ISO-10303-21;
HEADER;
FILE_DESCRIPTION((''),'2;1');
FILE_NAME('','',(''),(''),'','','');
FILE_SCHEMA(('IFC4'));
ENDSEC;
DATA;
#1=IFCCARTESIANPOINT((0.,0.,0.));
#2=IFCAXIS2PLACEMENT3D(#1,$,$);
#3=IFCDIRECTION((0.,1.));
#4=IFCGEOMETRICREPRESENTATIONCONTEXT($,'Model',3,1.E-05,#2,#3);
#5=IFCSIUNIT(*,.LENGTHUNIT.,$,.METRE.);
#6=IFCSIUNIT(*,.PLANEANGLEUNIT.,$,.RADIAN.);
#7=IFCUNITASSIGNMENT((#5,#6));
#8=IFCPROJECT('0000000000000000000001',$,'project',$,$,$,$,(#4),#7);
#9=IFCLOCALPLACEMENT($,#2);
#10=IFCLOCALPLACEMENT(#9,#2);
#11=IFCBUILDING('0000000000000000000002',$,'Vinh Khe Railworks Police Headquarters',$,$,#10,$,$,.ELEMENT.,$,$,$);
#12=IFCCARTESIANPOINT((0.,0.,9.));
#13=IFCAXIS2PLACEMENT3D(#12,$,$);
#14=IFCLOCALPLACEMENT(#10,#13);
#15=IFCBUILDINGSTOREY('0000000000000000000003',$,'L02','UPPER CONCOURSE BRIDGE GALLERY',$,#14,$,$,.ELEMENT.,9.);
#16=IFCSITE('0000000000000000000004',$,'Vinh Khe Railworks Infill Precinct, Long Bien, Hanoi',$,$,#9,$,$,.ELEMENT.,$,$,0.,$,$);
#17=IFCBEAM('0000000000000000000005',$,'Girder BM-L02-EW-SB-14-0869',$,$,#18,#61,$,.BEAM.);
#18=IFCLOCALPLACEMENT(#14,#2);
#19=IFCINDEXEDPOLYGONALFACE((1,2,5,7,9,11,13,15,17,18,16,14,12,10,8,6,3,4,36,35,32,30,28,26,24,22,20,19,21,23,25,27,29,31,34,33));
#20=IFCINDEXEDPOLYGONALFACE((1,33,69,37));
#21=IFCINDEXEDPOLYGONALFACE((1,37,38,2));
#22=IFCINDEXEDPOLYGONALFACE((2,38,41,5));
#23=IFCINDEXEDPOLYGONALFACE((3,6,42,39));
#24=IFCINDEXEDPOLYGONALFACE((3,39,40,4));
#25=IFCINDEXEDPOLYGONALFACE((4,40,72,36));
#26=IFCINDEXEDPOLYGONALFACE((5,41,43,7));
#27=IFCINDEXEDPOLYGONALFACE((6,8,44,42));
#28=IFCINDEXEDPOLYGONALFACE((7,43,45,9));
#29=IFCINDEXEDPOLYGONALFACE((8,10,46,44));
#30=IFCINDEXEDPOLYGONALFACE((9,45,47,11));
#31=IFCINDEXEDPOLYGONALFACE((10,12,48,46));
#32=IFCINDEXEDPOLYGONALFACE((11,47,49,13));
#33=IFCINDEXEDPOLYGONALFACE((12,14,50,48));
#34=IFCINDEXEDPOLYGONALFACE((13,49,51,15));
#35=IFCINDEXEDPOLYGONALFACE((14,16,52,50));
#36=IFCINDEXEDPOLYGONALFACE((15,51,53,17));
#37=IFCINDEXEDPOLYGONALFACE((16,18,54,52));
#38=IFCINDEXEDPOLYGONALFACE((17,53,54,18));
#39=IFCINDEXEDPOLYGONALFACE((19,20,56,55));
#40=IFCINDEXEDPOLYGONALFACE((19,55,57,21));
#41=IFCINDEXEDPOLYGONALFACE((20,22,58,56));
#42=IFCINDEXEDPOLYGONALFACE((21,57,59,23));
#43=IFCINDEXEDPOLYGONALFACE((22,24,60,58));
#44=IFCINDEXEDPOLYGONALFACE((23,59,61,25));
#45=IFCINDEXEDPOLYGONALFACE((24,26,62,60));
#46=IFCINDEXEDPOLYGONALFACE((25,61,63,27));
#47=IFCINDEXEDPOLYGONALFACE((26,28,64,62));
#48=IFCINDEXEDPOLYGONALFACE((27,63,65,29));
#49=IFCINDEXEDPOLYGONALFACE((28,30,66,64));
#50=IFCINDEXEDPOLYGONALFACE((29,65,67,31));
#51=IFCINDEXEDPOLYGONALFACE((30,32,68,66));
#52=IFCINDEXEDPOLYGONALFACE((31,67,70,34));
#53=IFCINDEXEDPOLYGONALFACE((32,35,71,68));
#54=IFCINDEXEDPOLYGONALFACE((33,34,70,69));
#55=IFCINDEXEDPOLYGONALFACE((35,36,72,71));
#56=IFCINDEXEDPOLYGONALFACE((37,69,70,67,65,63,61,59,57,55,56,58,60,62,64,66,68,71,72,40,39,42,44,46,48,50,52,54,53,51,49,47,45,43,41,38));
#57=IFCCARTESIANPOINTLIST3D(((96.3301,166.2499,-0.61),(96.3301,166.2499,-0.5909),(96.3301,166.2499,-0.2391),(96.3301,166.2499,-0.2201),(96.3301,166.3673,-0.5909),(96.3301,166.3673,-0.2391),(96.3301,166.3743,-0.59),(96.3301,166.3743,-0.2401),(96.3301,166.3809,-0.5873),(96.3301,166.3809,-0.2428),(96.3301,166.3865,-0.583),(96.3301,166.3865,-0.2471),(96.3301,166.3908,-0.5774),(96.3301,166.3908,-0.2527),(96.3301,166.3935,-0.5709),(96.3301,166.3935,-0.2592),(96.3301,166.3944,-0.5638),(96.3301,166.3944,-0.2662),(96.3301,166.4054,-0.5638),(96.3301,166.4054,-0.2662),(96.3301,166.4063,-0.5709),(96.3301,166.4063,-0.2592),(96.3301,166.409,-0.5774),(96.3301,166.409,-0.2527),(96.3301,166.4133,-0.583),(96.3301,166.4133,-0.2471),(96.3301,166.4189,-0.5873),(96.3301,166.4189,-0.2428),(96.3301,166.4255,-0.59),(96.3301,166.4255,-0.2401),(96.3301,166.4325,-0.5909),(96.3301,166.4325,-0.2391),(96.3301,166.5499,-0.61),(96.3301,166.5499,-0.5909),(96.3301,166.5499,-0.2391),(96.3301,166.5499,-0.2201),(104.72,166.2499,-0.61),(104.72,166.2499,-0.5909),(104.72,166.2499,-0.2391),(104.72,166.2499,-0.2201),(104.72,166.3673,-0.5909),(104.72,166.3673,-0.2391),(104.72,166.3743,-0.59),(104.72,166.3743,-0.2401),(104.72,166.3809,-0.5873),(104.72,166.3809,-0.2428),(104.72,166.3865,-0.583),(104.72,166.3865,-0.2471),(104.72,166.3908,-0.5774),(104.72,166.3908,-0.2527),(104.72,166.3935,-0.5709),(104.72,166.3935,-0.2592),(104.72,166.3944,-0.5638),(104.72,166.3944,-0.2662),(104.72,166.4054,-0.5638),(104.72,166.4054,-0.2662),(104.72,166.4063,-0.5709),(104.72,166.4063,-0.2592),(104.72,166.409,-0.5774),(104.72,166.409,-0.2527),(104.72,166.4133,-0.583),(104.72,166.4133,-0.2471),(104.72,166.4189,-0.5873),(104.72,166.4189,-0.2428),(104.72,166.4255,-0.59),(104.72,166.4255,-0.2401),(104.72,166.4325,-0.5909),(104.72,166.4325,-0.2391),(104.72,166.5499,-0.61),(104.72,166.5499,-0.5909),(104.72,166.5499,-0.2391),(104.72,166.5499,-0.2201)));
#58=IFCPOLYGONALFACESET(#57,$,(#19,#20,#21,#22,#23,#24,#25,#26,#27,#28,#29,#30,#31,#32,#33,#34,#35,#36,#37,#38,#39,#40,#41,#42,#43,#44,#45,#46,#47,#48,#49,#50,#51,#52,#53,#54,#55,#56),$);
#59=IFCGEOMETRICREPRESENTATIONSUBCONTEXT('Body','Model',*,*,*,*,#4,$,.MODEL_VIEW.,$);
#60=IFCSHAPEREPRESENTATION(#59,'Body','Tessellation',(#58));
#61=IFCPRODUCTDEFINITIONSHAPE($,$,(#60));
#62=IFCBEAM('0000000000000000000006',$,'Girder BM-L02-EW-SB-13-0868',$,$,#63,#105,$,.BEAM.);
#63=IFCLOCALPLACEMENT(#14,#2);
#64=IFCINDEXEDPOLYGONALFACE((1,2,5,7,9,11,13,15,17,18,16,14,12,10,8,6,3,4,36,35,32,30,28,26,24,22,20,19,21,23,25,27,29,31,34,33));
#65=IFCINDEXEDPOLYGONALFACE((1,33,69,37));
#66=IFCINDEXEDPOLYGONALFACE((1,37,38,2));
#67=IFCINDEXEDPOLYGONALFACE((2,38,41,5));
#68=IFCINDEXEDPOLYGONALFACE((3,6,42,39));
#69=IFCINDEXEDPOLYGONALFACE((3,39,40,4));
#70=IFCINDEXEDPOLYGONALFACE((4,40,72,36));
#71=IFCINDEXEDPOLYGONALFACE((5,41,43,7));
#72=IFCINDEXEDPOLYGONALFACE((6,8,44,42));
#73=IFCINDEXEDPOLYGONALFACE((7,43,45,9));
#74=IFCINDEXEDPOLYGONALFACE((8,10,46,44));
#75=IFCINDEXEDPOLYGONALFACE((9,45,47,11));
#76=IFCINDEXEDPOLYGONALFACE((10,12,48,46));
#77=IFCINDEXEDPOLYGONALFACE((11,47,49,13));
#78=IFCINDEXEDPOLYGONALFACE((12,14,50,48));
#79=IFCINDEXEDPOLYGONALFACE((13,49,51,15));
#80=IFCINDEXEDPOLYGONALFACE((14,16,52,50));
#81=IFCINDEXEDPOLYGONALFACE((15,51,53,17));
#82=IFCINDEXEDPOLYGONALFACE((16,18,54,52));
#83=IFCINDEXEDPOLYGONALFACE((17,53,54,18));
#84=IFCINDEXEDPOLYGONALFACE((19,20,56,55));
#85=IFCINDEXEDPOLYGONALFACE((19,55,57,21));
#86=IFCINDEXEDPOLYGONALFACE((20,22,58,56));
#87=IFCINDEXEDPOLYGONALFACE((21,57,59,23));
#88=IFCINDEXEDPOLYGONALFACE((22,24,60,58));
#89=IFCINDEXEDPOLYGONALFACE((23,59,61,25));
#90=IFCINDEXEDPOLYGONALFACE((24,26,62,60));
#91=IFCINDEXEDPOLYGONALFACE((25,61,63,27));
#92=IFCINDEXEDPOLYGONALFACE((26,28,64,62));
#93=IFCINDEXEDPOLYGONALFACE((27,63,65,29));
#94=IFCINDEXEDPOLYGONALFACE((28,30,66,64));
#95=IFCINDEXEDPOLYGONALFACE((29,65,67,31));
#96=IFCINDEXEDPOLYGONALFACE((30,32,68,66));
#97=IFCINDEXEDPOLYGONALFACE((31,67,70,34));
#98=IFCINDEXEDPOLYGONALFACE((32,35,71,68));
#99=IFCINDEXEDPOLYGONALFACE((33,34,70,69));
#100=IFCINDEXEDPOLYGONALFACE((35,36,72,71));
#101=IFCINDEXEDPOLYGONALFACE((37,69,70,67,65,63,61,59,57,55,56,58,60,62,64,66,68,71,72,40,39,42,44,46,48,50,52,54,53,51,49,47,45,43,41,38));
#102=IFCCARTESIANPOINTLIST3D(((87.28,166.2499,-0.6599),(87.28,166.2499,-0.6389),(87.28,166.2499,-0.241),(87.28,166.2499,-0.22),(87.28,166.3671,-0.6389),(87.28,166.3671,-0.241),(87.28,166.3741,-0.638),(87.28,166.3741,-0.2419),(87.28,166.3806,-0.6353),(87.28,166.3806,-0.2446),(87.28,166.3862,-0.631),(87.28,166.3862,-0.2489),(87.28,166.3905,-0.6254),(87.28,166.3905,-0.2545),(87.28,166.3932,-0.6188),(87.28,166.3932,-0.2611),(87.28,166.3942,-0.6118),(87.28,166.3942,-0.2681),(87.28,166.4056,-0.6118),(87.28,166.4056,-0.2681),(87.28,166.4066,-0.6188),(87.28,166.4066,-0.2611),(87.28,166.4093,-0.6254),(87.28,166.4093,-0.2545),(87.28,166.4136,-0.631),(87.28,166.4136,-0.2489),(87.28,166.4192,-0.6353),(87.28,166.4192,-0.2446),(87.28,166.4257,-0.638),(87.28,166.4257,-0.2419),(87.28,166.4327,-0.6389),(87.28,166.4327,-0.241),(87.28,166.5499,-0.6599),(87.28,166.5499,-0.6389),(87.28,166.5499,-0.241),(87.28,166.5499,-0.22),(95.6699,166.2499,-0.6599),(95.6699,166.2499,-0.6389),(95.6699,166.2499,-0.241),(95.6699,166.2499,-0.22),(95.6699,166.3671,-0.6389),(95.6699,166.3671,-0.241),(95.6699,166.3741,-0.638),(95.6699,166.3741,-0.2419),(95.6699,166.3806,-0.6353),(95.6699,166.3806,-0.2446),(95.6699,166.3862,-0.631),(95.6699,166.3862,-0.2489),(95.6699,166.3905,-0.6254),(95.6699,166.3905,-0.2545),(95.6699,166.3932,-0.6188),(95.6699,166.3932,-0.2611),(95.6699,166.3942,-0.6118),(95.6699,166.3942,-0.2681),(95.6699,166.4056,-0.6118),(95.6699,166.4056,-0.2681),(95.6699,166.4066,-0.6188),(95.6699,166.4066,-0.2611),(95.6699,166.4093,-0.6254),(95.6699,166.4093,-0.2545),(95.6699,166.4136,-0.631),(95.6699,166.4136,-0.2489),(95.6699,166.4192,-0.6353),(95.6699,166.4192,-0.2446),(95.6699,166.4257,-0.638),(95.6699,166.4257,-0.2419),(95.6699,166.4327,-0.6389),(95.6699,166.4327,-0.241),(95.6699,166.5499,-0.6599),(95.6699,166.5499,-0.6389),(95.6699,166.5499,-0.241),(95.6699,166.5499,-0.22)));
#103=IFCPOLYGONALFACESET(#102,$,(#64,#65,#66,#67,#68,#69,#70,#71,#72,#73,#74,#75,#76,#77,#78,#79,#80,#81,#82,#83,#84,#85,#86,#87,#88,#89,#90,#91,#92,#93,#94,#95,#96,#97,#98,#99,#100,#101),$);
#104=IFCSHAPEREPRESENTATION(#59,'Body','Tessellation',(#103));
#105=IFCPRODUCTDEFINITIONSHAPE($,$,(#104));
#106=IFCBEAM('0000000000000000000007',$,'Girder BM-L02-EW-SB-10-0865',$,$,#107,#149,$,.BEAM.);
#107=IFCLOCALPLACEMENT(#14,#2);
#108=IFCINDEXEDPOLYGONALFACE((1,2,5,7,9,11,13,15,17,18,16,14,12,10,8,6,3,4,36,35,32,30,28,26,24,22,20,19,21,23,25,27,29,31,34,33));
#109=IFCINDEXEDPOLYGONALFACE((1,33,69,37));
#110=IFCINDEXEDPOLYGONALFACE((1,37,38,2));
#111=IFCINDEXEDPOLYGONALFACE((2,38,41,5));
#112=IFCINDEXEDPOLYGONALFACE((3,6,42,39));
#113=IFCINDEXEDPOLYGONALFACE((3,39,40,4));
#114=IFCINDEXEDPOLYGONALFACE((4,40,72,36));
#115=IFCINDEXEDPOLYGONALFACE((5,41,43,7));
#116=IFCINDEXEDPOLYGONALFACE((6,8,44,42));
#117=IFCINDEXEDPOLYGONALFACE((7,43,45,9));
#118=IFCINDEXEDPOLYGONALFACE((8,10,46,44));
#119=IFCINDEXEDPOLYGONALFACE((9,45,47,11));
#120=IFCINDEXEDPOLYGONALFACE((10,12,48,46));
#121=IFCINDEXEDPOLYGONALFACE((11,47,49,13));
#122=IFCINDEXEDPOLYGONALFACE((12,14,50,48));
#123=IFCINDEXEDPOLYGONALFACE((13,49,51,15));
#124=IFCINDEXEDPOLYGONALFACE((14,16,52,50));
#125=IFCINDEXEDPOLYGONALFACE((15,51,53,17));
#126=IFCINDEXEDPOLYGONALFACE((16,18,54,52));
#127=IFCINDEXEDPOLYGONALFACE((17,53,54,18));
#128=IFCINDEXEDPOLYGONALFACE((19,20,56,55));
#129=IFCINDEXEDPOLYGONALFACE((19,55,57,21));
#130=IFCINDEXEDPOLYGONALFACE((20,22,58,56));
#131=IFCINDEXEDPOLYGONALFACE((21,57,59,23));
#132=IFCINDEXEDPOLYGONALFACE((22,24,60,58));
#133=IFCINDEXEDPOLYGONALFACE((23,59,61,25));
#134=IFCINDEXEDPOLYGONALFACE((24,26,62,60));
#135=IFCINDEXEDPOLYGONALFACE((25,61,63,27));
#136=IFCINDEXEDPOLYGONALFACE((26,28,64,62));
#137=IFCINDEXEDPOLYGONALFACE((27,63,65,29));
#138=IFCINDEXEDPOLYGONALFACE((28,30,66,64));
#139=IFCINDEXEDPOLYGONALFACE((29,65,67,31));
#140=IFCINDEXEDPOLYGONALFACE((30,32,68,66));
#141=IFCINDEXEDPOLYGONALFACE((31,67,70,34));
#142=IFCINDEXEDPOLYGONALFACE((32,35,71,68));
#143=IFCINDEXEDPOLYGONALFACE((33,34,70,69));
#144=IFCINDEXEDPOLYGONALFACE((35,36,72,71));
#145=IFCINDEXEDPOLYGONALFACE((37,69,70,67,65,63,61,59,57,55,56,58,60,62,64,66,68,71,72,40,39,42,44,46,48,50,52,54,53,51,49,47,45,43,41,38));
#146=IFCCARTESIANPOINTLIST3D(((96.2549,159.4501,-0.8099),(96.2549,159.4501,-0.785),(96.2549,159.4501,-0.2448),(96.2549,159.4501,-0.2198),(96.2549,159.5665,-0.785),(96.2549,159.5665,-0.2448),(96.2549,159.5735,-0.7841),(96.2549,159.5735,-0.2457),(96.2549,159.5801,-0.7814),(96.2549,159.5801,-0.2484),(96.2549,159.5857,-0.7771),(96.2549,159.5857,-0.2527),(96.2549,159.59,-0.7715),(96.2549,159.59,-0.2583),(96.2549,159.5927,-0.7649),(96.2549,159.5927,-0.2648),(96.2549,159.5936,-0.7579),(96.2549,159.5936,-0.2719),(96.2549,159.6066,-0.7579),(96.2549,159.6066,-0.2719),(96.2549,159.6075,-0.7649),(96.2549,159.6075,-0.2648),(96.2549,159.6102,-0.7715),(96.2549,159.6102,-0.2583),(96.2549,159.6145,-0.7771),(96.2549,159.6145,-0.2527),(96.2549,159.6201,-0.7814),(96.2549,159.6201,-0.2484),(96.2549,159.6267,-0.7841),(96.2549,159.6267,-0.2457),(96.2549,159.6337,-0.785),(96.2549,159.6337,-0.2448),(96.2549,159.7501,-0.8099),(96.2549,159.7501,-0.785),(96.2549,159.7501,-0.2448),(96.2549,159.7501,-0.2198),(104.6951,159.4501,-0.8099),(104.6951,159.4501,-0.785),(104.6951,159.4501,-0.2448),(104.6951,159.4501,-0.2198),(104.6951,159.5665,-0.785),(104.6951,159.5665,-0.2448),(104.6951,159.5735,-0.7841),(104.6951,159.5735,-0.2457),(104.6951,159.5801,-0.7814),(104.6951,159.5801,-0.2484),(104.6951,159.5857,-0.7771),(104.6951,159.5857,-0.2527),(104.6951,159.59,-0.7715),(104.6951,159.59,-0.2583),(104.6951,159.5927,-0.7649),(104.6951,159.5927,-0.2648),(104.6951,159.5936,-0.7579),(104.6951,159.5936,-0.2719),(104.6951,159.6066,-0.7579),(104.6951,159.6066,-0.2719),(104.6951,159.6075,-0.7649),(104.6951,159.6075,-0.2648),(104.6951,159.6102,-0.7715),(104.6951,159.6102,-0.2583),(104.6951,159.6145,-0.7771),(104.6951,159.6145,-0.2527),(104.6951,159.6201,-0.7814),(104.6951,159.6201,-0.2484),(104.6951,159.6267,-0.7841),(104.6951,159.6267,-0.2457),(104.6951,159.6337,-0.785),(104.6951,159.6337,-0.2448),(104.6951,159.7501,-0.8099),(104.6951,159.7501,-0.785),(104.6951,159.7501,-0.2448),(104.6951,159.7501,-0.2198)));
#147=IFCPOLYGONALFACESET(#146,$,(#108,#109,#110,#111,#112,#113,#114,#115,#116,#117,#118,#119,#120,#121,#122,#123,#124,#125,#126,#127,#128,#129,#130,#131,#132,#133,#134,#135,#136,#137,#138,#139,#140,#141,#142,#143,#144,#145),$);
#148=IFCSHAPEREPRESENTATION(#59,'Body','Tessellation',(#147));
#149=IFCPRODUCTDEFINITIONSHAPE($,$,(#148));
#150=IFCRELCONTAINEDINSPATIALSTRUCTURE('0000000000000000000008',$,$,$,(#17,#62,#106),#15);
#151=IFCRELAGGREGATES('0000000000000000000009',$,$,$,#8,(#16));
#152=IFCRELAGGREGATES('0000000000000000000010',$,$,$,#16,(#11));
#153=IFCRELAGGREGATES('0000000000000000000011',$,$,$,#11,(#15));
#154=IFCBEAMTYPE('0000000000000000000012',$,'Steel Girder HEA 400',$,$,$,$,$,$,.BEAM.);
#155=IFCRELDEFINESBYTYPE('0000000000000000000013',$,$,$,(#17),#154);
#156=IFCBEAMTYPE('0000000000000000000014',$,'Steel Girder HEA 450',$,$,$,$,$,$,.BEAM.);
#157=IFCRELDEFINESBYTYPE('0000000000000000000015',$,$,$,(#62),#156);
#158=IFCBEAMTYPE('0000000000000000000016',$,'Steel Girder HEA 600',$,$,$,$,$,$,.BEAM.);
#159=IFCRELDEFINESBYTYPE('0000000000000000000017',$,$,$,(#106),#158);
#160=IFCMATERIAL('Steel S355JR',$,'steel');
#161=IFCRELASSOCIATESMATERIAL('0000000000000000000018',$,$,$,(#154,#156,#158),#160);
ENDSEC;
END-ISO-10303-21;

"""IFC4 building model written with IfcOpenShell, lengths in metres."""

from ifc_helpers import new_model, si_unit, direction, frame, origin, origin_2d, place, context, subcontext, project, spatial, i_section, extrude, material, material_profile, profile_set, type_object, element, save


model = new_model("IFC4")

# Units and contexts
model_context = context("Model", 3, precision=1e-05, world=origin(), true_north=direction((0.0, 1.0)))
body_context = subcontext(model_context, "Body", "Model", "MODEL_VIEW")
ifc_project = project(units=[si_unit("LENGTHUNIT", "METRE"), si_unit("PLANEANGLEUNIT", "RADIAN")], contexts=[model_context])

# Site, building, storey
site_placement = place(None, origin())
site = spatial("IfcSite", under=ifc_project, at=site_placement, Name="Vinh Khe Railworks Infill Precinct, Long Bien, Hanoi", CompositionType="ELEMENT", RefElevation=0.0)
building_placement = place(site_placement, origin())
building = spatial("IfcBuilding", under=site, at=building_placement, Name="Vinh Khe Railworks Police Headquarters", CompositionType="ELEMENT")
storey_placement = place(building_placement, frame((0.0, 0.0, 9.0)))
storey = spatial("IfcBuildingStorey", under=building, at=storey_placement, Name="L02", Description="UPPER CONCOURSE BRIDGE GALLERY", CompositionType="ELEMENT", Elevation=9.0)

# Shared definitions
ifc_material_1 = material(Name="Steel S355JR", Category="steel")

# Beams
ifc_material_profile_1 = material_profile(ifc_material_1, i_section(OverallWidth=0.3, OverallDepth=0.3899, WebThickness=0.011, FlangeThickness=0.019, FilletRadius=0.0271, at=origin_2d()), Name="HEA 400")
ifc_profile_set_1 = profile_set([ifc_material_profile_1], Name="Steel S355JR")
beam_type_1 = type_object("IfcBeamType", Name="Steel Girder HEA 400", PredefinedType="BEAM", material=ifc_profile_set_1)
beam_1_placement = place(storey_placement, frame((96.3301, 166.3999, -0.415), z_axis=(1.0, 0.0, 0.0), x_axis=(0.0, 1.0, 0.0)))
element("IfcBeam", 1, at=beam_1_placement, inside=storey, type_object=beam_type_1, Name="Girder BM-L02-EW-SB-14-0869", PredefinedType="BEAM", context=body_context, shape_type="SweptSolid", body=[
    extrude(i_section(OverallWidth=0.3, OverallDepth=0.3899, WebThickness=0.011, FlangeThickness=0.019, FilletRadius=0.0271, at=origin_2d()), origin(), (0.0, 0.0, 1.0), 8.3899),
])
ifc_material_profile_2 = material_profile(ifc_material_1, i_section(OverallWidth=0.3, OverallDepth=0.4399, WebThickness=0.0115, FlangeThickness=0.021, FilletRadius=0.0271, at=origin_2d()), Name="HEA 450")
ifc_profile_set_2 = profile_set([ifc_material_profile_2], Name="Steel S355JR")
beam_type_2 = type_object("IfcBeamType", Name="Steel Girder HEA 450", PredefinedType="BEAM", material=ifc_profile_set_2)
beam_2_placement = place(storey_placement, frame((87.28, 166.3999, -0.4399), z_axis=(1.0, 0.0, 0.0), x_axis=(0.0, 1.0, 0.0)))
element("IfcBeam", 2, at=beam_2_placement, inside=storey, type_object=beam_type_2, Name="Girder BM-L02-EW-SB-13-0868", PredefinedType="BEAM", context=body_context, shape_type="SweptSolid", body=[
    extrude(i_section(OverallWidth=0.3, OverallDepth=0.4399, WebThickness=0.0115, FlangeThickness=0.021, FilletRadius=0.0271, at=origin_2d()), origin(), (0.0, 0.0, 1.0), 8.3899),
])
ifc_material_profile_3 = material_profile(ifc_material_1, i_section(OverallWidth=0.3, OverallDepth=0.5901, WebThickness=0.0129, FlangeThickness=0.0249, FilletRadius=0.0271, at=origin_2d()), Name="HEA 600")
ifc_profile_set_3 = profile_set([ifc_material_profile_3], Name="Steel S355JR")
beam_type_3 = type_object("IfcBeamType", Name="Steel Girder HEA 600", PredefinedType="BEAM", material=ifc_profile_set_3)
beam_3_placement = place(storey_placement, frame((96.2549, 159.6001, -0.5149), z_axis=(1.0, 0.0, 0.0), x_axis=(0.0, 1.0, 0.0)))
element("IfcBeam", 3, at=beam_3_placement, inside=storey, type_object=beam_type_3, Name="Girder BM-L02-EW-SB-10-0865", PredefinedType="BEAM", context=body_context, shape_type="SweptSolid", body=[
    extrude(i_section(OverallWidth=0.3, OverallDepth=0.5901, WebThickness=0.0129, FlangeThickness=0.0249, FilletRadius=0.0271, at=origin_2d()), origin(), (0.0, 0.0, 1.0), 8.4402),
])

save(model, "model.ifc")
